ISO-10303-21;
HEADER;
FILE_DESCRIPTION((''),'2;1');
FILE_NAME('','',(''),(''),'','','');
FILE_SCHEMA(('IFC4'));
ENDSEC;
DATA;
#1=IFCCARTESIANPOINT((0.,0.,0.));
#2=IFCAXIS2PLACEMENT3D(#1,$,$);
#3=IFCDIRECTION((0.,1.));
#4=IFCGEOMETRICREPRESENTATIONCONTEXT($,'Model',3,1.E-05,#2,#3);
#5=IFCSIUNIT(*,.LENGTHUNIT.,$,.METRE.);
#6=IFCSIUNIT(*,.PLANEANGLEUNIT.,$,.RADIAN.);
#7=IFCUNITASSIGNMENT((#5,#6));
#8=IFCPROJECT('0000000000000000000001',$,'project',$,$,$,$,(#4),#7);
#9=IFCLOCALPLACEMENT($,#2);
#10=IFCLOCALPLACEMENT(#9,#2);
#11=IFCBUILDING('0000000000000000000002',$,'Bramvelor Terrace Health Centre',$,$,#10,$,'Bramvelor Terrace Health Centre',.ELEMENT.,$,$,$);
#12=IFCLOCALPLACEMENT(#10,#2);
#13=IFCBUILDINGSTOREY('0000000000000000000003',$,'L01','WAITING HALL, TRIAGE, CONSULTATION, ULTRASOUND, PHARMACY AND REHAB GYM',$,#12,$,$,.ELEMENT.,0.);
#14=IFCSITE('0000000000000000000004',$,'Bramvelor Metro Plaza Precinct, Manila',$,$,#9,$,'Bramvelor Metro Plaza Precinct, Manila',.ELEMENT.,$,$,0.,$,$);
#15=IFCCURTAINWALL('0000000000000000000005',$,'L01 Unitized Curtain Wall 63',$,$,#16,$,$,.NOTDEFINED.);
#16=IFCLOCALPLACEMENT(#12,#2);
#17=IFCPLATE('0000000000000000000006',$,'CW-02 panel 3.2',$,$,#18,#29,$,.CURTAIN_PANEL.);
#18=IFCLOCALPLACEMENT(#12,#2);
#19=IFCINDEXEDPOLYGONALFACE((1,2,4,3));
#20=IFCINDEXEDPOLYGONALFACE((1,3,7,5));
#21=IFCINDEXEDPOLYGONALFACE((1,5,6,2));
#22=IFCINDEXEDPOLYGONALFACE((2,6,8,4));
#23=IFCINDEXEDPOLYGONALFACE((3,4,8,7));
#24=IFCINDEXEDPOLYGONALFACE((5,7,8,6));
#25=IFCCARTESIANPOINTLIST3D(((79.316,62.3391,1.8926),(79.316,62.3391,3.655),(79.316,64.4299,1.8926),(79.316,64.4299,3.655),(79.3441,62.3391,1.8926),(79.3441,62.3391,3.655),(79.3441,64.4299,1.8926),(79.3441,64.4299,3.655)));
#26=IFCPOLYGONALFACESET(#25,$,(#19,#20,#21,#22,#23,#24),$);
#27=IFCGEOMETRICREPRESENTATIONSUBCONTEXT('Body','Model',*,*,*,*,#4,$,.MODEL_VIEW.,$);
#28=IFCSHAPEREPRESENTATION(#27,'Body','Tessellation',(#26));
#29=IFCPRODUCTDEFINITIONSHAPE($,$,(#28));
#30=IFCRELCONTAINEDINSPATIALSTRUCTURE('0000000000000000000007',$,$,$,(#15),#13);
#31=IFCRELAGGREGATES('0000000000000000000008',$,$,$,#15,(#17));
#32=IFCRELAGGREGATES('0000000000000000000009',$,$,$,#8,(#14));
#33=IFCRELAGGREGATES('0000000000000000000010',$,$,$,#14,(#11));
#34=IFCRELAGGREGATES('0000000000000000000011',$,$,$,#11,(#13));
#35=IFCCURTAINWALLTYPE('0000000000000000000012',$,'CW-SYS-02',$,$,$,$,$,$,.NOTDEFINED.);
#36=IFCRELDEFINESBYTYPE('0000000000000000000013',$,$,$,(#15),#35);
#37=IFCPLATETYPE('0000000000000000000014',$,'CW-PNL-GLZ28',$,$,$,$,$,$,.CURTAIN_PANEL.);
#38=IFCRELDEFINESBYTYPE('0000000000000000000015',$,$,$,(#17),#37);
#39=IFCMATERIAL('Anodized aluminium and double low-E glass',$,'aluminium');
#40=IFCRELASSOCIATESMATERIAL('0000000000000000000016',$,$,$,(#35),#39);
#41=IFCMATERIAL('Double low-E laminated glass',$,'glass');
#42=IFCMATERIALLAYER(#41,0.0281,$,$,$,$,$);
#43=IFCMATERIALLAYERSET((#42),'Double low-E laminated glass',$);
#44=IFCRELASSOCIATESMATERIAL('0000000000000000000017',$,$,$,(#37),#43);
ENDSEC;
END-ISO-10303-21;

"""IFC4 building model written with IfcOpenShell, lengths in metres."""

from ifc_helpers import new_model, si_unit, direction, frame, origin, origin_2d, place, context, subcontext, project, spatial, rectangle, extrude, material, layer, layer_set, type_object, element, aggregate, save


model = new_model("IFC4")

# Units and contexts
model_context = context("Model", 3, precision=1e-05, world=origin(), true_north=direction((0.0, 1.0)))
body_context = subcontext(model_context, "Body", "Model", "MODEL_VIEW")
ifc_project = project(units=[si_unit("LENGTHUNIT", "METRE"), si_unit("PLANEANGLEUNIT", "RADIAN")], contexts=[model_context])

# Site, building, storey
site_placement = place(None, origin())
site = spatial("IfcSite", under=ifc_project, at=site_placement, Name="Bramvelor Metro Plaza Precinct, Manila", LongName="Bramvelor Metro Plaza Precinct, Manila", CompositionType="ELEMENT", RefElevation=0.0)
building_placement = place(site_placement, origin())
building = spatial("IfcBuilding", under=site, at=building_placement, Name="Bramvelor Terrace Health Centre", LongName="Bramvelor Terrace Health Centre", CompositionType="ELEMENT")
storey_placement = place(building_placement, origin())
storey = spatial("IfcBuildingStorey", under=building, at=storey_placement, Name="L01", Description="WAITING HALL, TRIAGE, CONSULTATION, ULTRASOUND, PHARMACY AND REHAB GYM", CompositionType="ELEMENT", Elevation=0.0)

# Curtain wall, plate
ifc_material_1 = material(Name="Anodized aluminium and double low-E glass", Category="aluminium")
curtain_wall_type = type_object("IfcCurtainWallType", Name="CW-SYS-02", PredefinedType="NOTDEFINED", material=ifc_material_1)
curtain_wall_placement = place(storey_placement, origin())
curtain_wall = element("IfcCurtainWall", 1, at=curtain_wall_placement, inside=storey, type_object=curtain_wall_type, Name="L01 Unitized Curtain Wall 63", PredefinedType="NOTDEFINED")
ifc_material_2 = material(Name="Double low-E laminated glass", Category="glass")
ifc_layer = layer(ifc_material_2, 0.0281)
ifc_layer_set = layer_set([ifc_layer], Name="Double low-E laminated glass")
plate_type = type_object("IfcPlateType", Name="CW-PNL-GLZ28", PredefinedType="CURTAIN_PANEL", material=ifc_layer_set)
plate_1_placement = place(storey_placement, frame((79.3301, 63.3845, 1.8926), z_axis=(0.0, 0.0, 1.0), x_axis=(0.0, 1.0, 0.0)))
plate_1 = element("IfcPlate", 2, at=plate_1_placement, type_object=plate_type, Name="CW-02 panel 3.2", PredefinedType="CURTAIN_PANEL", context=body_context, shape_type="SweptSolid", body=[
    extrude(rectangle(XDim=2.0908, YDim=0.0281, at=origin_2d()), origin(), (0.0, 0.0, 1.0), 1.7625),
])
aggregate(curtain_wall, [plate_1])

save(model, "model.ifc")
